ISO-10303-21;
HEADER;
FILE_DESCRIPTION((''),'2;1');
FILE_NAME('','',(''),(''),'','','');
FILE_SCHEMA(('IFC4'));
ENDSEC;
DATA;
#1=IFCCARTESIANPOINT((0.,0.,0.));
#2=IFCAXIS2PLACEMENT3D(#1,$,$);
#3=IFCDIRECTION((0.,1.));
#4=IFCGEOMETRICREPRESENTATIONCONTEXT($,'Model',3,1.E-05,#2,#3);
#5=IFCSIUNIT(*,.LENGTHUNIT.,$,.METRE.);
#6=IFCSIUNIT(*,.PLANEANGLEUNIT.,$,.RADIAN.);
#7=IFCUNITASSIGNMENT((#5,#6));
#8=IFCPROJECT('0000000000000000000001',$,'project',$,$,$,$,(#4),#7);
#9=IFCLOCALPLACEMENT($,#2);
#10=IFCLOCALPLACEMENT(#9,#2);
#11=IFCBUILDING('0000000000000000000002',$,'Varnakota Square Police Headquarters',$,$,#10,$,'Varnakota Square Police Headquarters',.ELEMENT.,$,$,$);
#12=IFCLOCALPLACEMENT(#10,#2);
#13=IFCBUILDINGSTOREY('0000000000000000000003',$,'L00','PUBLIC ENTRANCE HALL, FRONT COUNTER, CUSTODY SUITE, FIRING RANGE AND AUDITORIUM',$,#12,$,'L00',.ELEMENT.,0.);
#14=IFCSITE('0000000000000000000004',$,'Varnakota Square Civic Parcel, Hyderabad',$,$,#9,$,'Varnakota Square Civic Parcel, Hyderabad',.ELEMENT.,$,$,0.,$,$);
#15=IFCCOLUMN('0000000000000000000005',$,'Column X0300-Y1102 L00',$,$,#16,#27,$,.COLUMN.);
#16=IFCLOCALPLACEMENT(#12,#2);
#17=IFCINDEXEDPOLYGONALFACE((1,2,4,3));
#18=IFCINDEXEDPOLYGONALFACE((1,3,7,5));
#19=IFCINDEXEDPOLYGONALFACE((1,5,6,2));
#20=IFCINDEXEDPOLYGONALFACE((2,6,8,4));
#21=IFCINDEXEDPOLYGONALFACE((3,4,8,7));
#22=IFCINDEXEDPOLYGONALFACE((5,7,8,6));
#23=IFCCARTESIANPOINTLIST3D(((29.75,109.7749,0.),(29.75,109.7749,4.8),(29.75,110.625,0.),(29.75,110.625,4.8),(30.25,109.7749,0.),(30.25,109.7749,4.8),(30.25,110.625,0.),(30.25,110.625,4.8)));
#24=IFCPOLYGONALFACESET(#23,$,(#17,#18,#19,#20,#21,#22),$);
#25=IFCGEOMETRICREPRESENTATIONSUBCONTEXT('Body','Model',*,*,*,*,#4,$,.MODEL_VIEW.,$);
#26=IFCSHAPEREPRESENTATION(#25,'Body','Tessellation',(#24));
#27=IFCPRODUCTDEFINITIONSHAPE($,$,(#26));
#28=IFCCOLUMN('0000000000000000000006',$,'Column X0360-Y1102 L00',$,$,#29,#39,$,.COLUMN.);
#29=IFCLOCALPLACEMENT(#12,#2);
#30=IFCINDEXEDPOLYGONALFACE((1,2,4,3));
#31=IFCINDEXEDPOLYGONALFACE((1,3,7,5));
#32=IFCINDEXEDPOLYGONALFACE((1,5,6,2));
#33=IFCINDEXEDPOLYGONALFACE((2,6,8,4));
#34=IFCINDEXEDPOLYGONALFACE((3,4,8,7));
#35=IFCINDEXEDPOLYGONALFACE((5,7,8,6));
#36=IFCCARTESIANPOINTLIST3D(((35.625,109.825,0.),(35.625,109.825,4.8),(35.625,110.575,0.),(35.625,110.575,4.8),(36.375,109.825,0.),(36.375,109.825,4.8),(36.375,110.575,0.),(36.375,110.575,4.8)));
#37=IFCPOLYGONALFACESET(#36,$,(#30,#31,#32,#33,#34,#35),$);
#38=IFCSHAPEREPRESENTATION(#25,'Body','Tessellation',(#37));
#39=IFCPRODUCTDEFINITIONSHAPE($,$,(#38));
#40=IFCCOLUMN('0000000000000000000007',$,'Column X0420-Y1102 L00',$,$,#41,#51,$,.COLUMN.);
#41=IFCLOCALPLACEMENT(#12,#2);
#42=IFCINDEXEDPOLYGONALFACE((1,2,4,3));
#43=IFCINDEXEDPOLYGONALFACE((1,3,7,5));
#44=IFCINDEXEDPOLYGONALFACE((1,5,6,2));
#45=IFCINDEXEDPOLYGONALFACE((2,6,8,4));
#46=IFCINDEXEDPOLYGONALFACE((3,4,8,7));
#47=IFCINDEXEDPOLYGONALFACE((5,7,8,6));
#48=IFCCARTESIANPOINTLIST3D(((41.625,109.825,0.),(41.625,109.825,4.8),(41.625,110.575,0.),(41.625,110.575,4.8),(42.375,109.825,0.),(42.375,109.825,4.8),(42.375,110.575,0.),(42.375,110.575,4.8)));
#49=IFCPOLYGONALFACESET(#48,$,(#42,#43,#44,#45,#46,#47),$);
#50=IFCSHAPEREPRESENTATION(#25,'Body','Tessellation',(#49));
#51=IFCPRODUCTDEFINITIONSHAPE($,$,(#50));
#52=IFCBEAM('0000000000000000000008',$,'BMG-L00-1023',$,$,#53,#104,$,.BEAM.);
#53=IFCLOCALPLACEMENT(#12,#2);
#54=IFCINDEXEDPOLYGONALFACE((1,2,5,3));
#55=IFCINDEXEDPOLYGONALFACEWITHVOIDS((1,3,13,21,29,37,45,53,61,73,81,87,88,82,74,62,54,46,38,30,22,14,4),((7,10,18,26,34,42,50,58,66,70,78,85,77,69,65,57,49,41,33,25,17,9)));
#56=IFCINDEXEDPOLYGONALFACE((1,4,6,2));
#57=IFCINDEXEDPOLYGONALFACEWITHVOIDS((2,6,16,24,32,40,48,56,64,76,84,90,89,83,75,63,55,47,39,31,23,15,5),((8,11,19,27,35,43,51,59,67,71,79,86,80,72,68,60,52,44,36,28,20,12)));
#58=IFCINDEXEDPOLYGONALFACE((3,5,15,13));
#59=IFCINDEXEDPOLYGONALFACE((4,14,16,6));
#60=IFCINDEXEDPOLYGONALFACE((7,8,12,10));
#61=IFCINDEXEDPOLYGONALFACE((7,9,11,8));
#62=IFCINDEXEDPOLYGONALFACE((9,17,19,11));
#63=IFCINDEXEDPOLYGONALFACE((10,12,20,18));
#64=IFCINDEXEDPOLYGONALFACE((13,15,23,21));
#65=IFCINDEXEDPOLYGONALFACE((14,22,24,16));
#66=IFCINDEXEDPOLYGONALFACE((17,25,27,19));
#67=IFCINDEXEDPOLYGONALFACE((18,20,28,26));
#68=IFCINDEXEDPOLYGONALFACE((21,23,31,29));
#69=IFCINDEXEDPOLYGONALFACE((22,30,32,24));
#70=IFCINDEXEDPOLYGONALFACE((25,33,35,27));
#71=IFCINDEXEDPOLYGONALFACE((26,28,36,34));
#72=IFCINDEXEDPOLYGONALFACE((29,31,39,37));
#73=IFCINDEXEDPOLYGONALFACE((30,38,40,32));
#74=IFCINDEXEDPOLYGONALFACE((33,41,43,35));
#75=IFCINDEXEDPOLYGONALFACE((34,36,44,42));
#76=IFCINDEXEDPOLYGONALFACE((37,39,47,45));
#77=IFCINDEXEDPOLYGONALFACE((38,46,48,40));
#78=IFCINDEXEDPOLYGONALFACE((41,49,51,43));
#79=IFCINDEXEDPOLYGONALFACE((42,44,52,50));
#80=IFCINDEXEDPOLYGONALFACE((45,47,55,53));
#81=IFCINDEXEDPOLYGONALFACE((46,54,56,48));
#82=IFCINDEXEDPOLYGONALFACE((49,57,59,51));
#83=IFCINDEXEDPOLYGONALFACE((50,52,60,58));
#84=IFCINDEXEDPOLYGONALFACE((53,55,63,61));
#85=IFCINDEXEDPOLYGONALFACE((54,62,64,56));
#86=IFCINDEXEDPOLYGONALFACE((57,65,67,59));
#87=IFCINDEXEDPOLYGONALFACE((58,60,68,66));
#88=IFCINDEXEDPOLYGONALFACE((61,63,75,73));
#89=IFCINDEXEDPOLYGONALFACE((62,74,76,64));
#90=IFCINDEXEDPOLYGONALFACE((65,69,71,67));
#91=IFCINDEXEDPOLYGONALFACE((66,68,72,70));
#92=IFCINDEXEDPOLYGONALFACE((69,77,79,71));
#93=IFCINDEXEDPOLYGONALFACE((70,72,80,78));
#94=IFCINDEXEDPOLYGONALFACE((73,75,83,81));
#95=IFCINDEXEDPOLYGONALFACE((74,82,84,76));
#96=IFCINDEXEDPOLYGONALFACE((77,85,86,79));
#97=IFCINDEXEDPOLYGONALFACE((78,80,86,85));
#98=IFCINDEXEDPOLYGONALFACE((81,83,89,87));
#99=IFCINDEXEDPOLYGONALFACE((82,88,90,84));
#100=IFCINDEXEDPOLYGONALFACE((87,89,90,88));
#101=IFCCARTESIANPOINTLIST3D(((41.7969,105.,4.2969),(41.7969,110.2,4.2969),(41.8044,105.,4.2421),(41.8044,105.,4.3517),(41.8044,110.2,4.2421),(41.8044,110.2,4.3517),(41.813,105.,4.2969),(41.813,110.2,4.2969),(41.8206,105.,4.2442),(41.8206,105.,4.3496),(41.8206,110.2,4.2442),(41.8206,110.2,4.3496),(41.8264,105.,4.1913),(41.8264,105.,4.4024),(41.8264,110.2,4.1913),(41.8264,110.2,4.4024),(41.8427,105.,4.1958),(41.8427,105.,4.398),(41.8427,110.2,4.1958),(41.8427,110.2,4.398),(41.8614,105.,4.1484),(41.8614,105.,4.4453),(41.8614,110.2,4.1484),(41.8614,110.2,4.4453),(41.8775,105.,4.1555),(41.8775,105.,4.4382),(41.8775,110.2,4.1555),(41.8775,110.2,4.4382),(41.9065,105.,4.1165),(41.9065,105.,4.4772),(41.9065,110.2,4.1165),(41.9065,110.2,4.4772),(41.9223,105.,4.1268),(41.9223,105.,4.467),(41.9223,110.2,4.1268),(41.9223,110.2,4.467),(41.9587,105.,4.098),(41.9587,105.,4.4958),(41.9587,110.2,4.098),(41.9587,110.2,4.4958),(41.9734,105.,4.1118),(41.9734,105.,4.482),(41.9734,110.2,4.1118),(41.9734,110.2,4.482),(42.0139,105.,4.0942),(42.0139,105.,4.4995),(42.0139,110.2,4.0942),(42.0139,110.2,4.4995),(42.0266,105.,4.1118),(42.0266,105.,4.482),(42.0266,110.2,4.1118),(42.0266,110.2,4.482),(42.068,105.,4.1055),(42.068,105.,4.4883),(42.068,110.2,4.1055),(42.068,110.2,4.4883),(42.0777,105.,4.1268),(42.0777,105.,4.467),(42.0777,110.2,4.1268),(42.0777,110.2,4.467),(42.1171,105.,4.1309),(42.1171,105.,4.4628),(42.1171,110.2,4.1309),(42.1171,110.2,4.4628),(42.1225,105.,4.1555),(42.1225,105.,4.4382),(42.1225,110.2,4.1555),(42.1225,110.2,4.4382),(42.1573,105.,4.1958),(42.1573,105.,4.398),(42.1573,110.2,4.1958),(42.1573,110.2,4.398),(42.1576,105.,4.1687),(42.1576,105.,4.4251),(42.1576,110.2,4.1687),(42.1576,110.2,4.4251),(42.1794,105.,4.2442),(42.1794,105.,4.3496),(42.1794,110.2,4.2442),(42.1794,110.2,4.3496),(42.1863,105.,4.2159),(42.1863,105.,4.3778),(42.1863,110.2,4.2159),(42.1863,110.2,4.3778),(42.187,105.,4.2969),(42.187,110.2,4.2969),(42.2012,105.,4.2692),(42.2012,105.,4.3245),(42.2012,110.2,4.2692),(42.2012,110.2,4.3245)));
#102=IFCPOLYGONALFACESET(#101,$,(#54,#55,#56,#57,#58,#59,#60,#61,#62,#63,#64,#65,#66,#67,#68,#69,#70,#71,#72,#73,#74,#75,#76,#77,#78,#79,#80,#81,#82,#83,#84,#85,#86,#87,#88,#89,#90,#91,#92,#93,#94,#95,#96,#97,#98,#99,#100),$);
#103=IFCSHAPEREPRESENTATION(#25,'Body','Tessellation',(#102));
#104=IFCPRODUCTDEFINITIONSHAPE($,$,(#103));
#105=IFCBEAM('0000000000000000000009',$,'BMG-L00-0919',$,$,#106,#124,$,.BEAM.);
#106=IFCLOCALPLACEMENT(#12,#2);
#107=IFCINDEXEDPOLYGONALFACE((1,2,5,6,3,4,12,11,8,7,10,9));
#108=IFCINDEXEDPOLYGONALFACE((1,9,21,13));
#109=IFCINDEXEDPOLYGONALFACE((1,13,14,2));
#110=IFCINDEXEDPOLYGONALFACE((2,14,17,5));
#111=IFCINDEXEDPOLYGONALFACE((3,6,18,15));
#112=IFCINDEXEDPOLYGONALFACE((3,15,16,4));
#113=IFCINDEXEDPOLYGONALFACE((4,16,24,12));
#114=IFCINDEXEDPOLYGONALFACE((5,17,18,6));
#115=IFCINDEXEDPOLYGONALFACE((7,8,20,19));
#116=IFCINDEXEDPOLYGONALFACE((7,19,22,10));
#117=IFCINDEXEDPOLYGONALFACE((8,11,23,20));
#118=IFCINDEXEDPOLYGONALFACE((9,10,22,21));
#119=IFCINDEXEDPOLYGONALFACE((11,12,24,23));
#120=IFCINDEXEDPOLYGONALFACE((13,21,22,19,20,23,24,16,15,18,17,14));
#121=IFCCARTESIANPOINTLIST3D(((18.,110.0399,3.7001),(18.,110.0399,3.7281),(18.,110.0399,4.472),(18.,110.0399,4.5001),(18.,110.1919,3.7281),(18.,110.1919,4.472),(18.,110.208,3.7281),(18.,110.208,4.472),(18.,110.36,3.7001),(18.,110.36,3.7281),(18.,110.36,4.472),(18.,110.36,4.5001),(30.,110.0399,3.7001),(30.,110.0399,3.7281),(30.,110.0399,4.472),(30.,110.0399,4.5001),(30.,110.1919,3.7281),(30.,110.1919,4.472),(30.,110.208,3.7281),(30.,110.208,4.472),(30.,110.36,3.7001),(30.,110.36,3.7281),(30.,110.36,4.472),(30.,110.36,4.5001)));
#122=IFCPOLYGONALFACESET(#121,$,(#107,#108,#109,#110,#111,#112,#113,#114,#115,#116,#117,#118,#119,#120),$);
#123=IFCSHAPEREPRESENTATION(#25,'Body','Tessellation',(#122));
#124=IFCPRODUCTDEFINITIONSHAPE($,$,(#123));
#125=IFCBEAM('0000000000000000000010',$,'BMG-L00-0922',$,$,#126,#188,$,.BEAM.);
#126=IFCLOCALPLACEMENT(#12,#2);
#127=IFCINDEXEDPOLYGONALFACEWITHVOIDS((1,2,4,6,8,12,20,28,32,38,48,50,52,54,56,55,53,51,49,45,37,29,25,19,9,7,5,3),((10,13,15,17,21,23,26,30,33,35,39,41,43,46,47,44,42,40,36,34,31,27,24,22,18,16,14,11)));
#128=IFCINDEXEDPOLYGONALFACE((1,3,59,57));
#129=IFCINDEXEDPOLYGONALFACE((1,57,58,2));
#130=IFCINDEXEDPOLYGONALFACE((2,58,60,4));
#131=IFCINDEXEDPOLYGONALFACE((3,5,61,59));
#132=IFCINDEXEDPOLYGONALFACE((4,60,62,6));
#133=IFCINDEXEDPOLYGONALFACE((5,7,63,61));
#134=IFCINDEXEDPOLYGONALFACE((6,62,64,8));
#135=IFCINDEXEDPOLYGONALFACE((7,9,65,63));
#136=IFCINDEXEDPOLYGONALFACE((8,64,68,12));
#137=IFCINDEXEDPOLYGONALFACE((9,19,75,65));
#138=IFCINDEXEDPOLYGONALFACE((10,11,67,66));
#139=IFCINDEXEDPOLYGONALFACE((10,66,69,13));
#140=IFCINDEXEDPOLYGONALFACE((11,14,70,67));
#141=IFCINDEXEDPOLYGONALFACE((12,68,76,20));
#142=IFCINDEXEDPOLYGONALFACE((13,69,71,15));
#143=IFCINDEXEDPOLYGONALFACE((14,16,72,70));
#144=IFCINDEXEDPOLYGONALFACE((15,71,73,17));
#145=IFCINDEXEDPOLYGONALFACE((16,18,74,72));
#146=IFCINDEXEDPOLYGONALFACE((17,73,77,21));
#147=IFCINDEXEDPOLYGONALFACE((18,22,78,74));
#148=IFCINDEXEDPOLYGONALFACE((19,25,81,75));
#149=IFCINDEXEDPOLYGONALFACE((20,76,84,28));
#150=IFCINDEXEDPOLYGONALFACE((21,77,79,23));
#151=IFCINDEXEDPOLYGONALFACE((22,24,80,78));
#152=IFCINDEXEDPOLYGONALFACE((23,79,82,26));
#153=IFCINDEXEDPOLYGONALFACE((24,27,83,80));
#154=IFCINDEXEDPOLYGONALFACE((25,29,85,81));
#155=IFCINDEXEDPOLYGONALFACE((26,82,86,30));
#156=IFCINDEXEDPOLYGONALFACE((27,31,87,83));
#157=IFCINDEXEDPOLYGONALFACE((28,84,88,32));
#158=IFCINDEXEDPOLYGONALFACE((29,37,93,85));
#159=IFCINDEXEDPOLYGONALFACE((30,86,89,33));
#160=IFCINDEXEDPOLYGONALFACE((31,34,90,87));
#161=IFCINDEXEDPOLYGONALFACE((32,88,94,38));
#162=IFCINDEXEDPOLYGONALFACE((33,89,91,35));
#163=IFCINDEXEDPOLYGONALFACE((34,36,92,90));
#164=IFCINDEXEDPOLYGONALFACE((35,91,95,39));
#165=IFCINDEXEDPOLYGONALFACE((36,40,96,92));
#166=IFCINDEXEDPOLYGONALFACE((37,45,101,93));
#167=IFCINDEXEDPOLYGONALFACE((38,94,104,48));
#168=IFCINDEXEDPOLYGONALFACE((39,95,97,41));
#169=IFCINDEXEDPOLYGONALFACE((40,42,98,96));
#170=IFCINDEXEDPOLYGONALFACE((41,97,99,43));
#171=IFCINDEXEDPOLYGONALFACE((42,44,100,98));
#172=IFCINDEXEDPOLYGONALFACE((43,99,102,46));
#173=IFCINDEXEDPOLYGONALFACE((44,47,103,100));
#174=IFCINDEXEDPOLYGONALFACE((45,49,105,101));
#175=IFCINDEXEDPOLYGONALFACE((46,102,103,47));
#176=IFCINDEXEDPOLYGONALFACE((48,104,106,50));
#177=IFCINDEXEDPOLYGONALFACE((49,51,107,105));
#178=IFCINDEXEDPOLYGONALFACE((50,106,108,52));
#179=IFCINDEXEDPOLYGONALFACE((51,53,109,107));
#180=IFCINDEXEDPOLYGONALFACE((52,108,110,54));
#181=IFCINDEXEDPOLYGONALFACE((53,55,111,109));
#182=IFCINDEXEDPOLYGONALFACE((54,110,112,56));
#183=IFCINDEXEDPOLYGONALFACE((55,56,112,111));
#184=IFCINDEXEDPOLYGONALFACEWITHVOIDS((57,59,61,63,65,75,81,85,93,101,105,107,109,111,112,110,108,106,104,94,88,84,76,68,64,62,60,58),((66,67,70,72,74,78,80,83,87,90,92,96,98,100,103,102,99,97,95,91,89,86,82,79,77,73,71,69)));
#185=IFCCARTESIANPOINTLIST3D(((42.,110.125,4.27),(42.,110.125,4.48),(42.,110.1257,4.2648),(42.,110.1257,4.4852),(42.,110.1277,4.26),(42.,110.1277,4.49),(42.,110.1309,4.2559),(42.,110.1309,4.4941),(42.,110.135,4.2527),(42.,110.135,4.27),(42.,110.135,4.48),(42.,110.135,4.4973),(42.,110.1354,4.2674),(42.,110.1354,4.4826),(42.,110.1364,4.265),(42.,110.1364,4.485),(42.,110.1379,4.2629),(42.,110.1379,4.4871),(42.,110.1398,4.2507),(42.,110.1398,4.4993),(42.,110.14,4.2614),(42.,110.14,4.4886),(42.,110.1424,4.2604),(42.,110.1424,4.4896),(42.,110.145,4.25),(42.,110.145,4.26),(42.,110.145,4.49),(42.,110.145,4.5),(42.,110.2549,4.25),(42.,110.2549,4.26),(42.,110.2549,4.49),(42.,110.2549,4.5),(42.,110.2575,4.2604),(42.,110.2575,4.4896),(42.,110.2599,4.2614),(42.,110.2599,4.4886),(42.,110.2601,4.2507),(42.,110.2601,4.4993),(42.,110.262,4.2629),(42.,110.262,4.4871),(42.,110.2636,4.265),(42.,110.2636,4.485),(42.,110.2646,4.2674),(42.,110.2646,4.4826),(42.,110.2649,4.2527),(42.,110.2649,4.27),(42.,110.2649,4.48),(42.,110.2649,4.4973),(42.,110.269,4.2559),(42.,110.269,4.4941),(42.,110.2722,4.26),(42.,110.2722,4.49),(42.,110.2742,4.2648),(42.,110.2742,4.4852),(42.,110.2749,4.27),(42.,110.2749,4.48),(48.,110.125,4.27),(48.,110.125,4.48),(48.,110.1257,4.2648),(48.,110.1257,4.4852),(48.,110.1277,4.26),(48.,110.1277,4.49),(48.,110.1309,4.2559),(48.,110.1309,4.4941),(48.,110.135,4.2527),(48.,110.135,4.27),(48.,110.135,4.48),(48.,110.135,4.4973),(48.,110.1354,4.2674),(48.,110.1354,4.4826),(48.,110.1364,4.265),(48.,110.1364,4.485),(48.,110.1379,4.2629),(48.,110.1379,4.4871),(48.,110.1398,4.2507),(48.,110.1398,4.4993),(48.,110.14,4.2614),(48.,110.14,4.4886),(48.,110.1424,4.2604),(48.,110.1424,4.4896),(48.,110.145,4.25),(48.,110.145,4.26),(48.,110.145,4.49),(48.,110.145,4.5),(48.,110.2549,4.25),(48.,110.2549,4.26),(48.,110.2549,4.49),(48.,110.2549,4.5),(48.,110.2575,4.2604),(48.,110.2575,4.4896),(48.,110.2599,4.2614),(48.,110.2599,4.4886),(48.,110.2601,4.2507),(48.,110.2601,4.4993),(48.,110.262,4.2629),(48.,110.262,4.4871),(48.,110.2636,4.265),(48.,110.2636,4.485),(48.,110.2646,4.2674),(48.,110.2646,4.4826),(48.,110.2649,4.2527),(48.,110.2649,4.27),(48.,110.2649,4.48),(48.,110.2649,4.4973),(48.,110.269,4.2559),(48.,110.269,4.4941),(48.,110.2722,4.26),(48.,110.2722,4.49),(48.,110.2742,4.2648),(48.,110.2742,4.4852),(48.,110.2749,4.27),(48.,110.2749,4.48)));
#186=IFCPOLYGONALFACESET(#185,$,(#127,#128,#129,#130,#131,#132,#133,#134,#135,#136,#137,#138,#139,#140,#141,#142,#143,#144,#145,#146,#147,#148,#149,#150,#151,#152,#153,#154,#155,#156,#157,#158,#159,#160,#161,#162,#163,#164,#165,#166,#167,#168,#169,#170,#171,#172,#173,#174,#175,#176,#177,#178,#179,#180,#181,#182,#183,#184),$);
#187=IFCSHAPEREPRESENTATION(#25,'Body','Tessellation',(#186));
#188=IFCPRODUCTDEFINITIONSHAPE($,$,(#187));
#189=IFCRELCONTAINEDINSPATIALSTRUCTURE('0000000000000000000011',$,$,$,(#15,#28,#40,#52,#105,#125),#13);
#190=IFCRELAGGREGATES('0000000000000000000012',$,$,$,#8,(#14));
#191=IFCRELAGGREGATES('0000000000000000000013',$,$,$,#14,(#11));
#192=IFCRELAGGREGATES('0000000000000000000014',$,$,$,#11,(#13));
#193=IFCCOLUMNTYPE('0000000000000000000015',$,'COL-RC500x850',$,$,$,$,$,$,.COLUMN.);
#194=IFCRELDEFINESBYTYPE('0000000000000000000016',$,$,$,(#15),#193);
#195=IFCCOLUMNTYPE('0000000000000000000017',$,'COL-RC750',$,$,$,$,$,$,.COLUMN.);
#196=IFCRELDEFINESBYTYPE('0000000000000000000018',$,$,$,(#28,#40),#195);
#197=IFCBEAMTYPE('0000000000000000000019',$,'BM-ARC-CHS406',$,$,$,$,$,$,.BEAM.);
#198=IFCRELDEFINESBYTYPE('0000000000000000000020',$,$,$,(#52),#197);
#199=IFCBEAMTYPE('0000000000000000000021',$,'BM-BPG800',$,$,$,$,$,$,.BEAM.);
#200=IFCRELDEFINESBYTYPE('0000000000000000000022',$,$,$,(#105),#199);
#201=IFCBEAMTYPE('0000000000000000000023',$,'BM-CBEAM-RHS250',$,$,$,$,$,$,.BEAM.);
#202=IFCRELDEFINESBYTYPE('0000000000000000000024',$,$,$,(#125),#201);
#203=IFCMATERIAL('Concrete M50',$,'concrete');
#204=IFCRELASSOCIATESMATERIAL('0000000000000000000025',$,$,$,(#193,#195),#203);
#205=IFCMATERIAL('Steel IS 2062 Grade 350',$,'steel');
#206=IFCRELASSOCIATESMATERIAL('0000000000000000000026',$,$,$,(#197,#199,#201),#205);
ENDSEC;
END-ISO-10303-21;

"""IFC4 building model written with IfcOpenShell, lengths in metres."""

from ifc_helpers import new_model, si_unit, direction, frame, origin, origin_2d, place, context, subcontext, project, spatial, rectangle, hollow_rectangle, hollow_circle, i_section, extrude, material, material_profile, profile_set, type_object, element, save


model = new_model("IFC4")

# Units and contexts
model_context = context("Model", 3, precision=1e-05, world=origin(), true_north=direction((0.0, 1.0)))
body_context = subcontext(model_context, "Body", "Model", "MODEL_VIEW")
ifc_project = project(units=[si_unit("LENGTHUNIT", "METRE"), si_unit("PLANEANGLEUNIT", "RADIAN")], contexts=[model_context])

# Site, building, storey
site_placement = place(None, origin())
site = spatial("IfcSite", under=ifc_project, at=site_placement, Name="Varnakota Square Civic Parcel, Hyderabad", LongName="Varnakota Square Civic Parcel, Hyderabad", CompositionType="ELEMENT", RefElevation=0.0)
building_placement = place(site_placement, origin())
building = spatial("IfcBuilding", under=site, at=building_placement, Name="Varnakota Square Police Headquarters", LongName="Varnakota Square Police Headquarters", CompositionType="ELEMENT")
storey_placement = place(building_placement, origin())
storey = spatial("IfcBuildingStorey", under=building, at=storey_placement, Name="L00", Description="PUBLIC ENTRANCE HALL, FRONT COUNTER, CUSTODY SUITE, FIRING RANGE AND AUDITORIUM", LongName="L00", CompositionType="ELEMENT", Elevation=0.0)

# Columns
ifc_material_1 = material(Name="Concrete M50", Category="concrete")
ifc_material_profile_1 = material_profile(ifc_material_1, rectangle(XDim=0.5, YDim=0.8501, at=origin_2d()), Name="RC 500x850")
ifc_profile_set_1 = profile_set([ifc_material_profile_1], Name="Concrete M50")
column_type_1 = type_object("IfcColumnType", Name="COL-RC500x850", PredefinedType="COLUMN", material=ifc_profile_set_1)
column_placement = place(storey_placement, frame((30.0, 110.2, 0.0), z_axis=(0.0, 0.0, 1.0), x_axis=(1.0, 0.0, 0.0)))
element("IfcColumn", 1, at=column_placement, inside=storey, type_object=column_type_1, Name="Column X0300-Y1102 L00", PredefinedType="COLUMN", context=body_context, shape_type="SweptSolid", body=[
    extrude(rectangle(XDim=0.5, YDim=0.8501, at=origin_2d()), origin(), (0.0, 0.0, 1.0), 4.8),
])
ifc_material_profile_2 = material_profile(ifc_material_1, rectangle(XDim=0.75, YDim=0.75, at=origin_2d()), Name="RC 750x750")
ifc_profile_set_2 = profile_set([ifc_material_profile_2], Name="Concrete M50")
column_type_2 = type_object("IfcColumnType", Name="COL-RC750", PredefinedType="COLUMN", material=ifc_profile_set_2)
for number, where, z_axis, x_axis, name in (
    (2, (36.0, 110.2, 0.0), (0.0, 0.0, 1.0), (1.0, 0.0, 0.0), "Column X0360-Y1102 L00"),
    (3, (42.0, 110.2, 0.0), (0.0, 0.0, 1.0), (1.0, 0.0, 0.0), "Column X0420-Y1102 L00"),
):
    element("IfcColumn", number, at=place(storey_placement, frame(where, z_axis=z_axis, x_axis=x_axis)), inside=storey, type_object=column_type_2, Name=name, PredefinedType="COLUMN", context=body_context, shape_type="SweptSolid", body=[
        extrude(rectangle(XDim=0.75, YDim=0.75, at=origin_2d()), origin(), (0.0, 0.0, 1.0), 4.8),
    ])

# Beams
ifc_material_2 = material(Name="Steel IS 2062 Grade 350", Category="steel")
ifc_material_profile_3 = material_profile(ifc_material_2, hollow_circle(Radius=0.2031, WallThickness=0.0161, at=origin_2d()), Name="CHS 406.4x16.0")
ifc_profile_set_3 = profile_set([ifc_material_profile_3], Name="Steel IS 2062 Grade 350")
beam_type_1 = type_object("IfcBeamType", Name="BM-ARC-CHS406", PredefinedType="BEAM", material=ifc_profile_set_3)
beam_1_placement = place(storey_placement, frame((42.0, 105.0, 4.2969), z_axis=(0.0, 1.0, 0.0), x_axis=(-1.0, 0.0, 0.0)))
element("IfcBeam", 4, at=beam_1_placement, inside=storey, type_object=beam_type_1, Name="BMG-L00-1023", PredefinedType="BEAM", context=body_context, shape_type="SweptSolid", body=[
    extrude(hollow_circle(Radius=0.2031, WallThickness=0.0161, at=origin_2d()), origin(), (0.0, 0.0, 1.0), 5.2),
])
ifc_material_profile_4 = material_profile(ifc_material_2, i_section(OverallWidth=0.3201, OverallDepth=0.8, WebThickness=0.0161, FlangeThickness=0.0281, at=origin_2d()), Name="BPG 800x320")
ifc_profile_set_4 = profile_set([ifc_material_profile_4], Name="Steel IS 2062 Grade 350")
beam_type_2 = type_object("IfcBeamType", Name="BM-BPG800", PredefinedType="BEAM", material=ifc_profile_set_4)
beam_2_placement = place(storey_placement, frame((18.0, 110.2, 4.1001), z_axis=(1.0, 0.0, 0.0), x_axis=(0.0, 1.0, 0.0)))
element("IfcBeam", 5, at=beam_2_placement, inside=storey, type_object=beam_type_2, Name="BMG-L00-0919", PredefinedType="BEAM", context=body_context, shape_type="SweptSolid", body=[
    extrude(i_section(OverallWidth=0.3201, OverallDepth=0.8, WebThickness=0.0161, FlangeThickness=0.0281, at=origin_2d()), origin(), (0.0, 0.0, 1.0), 12.0),
])
ifc_material_profile_5 = material_profile(ifc_material_2, hollow_rectangle(XDim=0.1499, YDim=0.25, WallThickness=0.01, InnerFilletRadius=0.01, OuterFilletRadius=0.02, at=origin_2d()), Name="RHS 250x150x10")
ifc_profile_set_5 = profile_set([ifc_material_profile_5], Name="Steel IS 2062 Grade 350")
beam_type_3 = type_object("IfcBeamType", Name="BM-CBEAM-RHS250", PredefinedType="BEAM", material=ifc_profile_set_5)
beam_3_placement = place(storey_placement, frame((42.0, 110.2, 4.375), z_axis=(1.0, 0.0, 0.0), x_axis=(0.0, 1.0, 0.0)))
element("IfcBeam", 6, at=beam_3_placement, inside=storey, type_object=beam_type_3, Name="BMG-L00-0922", PredefinedType="BEAM", context=body_context, shape_type="SweptSolid", body=[
    extrude(hollow_rectangle(XDim=0.1499, YDim=0.25, WallThickness=0.01, InnerFilletRadius=0.01, OuterFilletRadius=0.02, at=origin_2d()), origin(), (0.0, 0.0, 1.0), 6.0),
])

save(model, "model.ifc")
